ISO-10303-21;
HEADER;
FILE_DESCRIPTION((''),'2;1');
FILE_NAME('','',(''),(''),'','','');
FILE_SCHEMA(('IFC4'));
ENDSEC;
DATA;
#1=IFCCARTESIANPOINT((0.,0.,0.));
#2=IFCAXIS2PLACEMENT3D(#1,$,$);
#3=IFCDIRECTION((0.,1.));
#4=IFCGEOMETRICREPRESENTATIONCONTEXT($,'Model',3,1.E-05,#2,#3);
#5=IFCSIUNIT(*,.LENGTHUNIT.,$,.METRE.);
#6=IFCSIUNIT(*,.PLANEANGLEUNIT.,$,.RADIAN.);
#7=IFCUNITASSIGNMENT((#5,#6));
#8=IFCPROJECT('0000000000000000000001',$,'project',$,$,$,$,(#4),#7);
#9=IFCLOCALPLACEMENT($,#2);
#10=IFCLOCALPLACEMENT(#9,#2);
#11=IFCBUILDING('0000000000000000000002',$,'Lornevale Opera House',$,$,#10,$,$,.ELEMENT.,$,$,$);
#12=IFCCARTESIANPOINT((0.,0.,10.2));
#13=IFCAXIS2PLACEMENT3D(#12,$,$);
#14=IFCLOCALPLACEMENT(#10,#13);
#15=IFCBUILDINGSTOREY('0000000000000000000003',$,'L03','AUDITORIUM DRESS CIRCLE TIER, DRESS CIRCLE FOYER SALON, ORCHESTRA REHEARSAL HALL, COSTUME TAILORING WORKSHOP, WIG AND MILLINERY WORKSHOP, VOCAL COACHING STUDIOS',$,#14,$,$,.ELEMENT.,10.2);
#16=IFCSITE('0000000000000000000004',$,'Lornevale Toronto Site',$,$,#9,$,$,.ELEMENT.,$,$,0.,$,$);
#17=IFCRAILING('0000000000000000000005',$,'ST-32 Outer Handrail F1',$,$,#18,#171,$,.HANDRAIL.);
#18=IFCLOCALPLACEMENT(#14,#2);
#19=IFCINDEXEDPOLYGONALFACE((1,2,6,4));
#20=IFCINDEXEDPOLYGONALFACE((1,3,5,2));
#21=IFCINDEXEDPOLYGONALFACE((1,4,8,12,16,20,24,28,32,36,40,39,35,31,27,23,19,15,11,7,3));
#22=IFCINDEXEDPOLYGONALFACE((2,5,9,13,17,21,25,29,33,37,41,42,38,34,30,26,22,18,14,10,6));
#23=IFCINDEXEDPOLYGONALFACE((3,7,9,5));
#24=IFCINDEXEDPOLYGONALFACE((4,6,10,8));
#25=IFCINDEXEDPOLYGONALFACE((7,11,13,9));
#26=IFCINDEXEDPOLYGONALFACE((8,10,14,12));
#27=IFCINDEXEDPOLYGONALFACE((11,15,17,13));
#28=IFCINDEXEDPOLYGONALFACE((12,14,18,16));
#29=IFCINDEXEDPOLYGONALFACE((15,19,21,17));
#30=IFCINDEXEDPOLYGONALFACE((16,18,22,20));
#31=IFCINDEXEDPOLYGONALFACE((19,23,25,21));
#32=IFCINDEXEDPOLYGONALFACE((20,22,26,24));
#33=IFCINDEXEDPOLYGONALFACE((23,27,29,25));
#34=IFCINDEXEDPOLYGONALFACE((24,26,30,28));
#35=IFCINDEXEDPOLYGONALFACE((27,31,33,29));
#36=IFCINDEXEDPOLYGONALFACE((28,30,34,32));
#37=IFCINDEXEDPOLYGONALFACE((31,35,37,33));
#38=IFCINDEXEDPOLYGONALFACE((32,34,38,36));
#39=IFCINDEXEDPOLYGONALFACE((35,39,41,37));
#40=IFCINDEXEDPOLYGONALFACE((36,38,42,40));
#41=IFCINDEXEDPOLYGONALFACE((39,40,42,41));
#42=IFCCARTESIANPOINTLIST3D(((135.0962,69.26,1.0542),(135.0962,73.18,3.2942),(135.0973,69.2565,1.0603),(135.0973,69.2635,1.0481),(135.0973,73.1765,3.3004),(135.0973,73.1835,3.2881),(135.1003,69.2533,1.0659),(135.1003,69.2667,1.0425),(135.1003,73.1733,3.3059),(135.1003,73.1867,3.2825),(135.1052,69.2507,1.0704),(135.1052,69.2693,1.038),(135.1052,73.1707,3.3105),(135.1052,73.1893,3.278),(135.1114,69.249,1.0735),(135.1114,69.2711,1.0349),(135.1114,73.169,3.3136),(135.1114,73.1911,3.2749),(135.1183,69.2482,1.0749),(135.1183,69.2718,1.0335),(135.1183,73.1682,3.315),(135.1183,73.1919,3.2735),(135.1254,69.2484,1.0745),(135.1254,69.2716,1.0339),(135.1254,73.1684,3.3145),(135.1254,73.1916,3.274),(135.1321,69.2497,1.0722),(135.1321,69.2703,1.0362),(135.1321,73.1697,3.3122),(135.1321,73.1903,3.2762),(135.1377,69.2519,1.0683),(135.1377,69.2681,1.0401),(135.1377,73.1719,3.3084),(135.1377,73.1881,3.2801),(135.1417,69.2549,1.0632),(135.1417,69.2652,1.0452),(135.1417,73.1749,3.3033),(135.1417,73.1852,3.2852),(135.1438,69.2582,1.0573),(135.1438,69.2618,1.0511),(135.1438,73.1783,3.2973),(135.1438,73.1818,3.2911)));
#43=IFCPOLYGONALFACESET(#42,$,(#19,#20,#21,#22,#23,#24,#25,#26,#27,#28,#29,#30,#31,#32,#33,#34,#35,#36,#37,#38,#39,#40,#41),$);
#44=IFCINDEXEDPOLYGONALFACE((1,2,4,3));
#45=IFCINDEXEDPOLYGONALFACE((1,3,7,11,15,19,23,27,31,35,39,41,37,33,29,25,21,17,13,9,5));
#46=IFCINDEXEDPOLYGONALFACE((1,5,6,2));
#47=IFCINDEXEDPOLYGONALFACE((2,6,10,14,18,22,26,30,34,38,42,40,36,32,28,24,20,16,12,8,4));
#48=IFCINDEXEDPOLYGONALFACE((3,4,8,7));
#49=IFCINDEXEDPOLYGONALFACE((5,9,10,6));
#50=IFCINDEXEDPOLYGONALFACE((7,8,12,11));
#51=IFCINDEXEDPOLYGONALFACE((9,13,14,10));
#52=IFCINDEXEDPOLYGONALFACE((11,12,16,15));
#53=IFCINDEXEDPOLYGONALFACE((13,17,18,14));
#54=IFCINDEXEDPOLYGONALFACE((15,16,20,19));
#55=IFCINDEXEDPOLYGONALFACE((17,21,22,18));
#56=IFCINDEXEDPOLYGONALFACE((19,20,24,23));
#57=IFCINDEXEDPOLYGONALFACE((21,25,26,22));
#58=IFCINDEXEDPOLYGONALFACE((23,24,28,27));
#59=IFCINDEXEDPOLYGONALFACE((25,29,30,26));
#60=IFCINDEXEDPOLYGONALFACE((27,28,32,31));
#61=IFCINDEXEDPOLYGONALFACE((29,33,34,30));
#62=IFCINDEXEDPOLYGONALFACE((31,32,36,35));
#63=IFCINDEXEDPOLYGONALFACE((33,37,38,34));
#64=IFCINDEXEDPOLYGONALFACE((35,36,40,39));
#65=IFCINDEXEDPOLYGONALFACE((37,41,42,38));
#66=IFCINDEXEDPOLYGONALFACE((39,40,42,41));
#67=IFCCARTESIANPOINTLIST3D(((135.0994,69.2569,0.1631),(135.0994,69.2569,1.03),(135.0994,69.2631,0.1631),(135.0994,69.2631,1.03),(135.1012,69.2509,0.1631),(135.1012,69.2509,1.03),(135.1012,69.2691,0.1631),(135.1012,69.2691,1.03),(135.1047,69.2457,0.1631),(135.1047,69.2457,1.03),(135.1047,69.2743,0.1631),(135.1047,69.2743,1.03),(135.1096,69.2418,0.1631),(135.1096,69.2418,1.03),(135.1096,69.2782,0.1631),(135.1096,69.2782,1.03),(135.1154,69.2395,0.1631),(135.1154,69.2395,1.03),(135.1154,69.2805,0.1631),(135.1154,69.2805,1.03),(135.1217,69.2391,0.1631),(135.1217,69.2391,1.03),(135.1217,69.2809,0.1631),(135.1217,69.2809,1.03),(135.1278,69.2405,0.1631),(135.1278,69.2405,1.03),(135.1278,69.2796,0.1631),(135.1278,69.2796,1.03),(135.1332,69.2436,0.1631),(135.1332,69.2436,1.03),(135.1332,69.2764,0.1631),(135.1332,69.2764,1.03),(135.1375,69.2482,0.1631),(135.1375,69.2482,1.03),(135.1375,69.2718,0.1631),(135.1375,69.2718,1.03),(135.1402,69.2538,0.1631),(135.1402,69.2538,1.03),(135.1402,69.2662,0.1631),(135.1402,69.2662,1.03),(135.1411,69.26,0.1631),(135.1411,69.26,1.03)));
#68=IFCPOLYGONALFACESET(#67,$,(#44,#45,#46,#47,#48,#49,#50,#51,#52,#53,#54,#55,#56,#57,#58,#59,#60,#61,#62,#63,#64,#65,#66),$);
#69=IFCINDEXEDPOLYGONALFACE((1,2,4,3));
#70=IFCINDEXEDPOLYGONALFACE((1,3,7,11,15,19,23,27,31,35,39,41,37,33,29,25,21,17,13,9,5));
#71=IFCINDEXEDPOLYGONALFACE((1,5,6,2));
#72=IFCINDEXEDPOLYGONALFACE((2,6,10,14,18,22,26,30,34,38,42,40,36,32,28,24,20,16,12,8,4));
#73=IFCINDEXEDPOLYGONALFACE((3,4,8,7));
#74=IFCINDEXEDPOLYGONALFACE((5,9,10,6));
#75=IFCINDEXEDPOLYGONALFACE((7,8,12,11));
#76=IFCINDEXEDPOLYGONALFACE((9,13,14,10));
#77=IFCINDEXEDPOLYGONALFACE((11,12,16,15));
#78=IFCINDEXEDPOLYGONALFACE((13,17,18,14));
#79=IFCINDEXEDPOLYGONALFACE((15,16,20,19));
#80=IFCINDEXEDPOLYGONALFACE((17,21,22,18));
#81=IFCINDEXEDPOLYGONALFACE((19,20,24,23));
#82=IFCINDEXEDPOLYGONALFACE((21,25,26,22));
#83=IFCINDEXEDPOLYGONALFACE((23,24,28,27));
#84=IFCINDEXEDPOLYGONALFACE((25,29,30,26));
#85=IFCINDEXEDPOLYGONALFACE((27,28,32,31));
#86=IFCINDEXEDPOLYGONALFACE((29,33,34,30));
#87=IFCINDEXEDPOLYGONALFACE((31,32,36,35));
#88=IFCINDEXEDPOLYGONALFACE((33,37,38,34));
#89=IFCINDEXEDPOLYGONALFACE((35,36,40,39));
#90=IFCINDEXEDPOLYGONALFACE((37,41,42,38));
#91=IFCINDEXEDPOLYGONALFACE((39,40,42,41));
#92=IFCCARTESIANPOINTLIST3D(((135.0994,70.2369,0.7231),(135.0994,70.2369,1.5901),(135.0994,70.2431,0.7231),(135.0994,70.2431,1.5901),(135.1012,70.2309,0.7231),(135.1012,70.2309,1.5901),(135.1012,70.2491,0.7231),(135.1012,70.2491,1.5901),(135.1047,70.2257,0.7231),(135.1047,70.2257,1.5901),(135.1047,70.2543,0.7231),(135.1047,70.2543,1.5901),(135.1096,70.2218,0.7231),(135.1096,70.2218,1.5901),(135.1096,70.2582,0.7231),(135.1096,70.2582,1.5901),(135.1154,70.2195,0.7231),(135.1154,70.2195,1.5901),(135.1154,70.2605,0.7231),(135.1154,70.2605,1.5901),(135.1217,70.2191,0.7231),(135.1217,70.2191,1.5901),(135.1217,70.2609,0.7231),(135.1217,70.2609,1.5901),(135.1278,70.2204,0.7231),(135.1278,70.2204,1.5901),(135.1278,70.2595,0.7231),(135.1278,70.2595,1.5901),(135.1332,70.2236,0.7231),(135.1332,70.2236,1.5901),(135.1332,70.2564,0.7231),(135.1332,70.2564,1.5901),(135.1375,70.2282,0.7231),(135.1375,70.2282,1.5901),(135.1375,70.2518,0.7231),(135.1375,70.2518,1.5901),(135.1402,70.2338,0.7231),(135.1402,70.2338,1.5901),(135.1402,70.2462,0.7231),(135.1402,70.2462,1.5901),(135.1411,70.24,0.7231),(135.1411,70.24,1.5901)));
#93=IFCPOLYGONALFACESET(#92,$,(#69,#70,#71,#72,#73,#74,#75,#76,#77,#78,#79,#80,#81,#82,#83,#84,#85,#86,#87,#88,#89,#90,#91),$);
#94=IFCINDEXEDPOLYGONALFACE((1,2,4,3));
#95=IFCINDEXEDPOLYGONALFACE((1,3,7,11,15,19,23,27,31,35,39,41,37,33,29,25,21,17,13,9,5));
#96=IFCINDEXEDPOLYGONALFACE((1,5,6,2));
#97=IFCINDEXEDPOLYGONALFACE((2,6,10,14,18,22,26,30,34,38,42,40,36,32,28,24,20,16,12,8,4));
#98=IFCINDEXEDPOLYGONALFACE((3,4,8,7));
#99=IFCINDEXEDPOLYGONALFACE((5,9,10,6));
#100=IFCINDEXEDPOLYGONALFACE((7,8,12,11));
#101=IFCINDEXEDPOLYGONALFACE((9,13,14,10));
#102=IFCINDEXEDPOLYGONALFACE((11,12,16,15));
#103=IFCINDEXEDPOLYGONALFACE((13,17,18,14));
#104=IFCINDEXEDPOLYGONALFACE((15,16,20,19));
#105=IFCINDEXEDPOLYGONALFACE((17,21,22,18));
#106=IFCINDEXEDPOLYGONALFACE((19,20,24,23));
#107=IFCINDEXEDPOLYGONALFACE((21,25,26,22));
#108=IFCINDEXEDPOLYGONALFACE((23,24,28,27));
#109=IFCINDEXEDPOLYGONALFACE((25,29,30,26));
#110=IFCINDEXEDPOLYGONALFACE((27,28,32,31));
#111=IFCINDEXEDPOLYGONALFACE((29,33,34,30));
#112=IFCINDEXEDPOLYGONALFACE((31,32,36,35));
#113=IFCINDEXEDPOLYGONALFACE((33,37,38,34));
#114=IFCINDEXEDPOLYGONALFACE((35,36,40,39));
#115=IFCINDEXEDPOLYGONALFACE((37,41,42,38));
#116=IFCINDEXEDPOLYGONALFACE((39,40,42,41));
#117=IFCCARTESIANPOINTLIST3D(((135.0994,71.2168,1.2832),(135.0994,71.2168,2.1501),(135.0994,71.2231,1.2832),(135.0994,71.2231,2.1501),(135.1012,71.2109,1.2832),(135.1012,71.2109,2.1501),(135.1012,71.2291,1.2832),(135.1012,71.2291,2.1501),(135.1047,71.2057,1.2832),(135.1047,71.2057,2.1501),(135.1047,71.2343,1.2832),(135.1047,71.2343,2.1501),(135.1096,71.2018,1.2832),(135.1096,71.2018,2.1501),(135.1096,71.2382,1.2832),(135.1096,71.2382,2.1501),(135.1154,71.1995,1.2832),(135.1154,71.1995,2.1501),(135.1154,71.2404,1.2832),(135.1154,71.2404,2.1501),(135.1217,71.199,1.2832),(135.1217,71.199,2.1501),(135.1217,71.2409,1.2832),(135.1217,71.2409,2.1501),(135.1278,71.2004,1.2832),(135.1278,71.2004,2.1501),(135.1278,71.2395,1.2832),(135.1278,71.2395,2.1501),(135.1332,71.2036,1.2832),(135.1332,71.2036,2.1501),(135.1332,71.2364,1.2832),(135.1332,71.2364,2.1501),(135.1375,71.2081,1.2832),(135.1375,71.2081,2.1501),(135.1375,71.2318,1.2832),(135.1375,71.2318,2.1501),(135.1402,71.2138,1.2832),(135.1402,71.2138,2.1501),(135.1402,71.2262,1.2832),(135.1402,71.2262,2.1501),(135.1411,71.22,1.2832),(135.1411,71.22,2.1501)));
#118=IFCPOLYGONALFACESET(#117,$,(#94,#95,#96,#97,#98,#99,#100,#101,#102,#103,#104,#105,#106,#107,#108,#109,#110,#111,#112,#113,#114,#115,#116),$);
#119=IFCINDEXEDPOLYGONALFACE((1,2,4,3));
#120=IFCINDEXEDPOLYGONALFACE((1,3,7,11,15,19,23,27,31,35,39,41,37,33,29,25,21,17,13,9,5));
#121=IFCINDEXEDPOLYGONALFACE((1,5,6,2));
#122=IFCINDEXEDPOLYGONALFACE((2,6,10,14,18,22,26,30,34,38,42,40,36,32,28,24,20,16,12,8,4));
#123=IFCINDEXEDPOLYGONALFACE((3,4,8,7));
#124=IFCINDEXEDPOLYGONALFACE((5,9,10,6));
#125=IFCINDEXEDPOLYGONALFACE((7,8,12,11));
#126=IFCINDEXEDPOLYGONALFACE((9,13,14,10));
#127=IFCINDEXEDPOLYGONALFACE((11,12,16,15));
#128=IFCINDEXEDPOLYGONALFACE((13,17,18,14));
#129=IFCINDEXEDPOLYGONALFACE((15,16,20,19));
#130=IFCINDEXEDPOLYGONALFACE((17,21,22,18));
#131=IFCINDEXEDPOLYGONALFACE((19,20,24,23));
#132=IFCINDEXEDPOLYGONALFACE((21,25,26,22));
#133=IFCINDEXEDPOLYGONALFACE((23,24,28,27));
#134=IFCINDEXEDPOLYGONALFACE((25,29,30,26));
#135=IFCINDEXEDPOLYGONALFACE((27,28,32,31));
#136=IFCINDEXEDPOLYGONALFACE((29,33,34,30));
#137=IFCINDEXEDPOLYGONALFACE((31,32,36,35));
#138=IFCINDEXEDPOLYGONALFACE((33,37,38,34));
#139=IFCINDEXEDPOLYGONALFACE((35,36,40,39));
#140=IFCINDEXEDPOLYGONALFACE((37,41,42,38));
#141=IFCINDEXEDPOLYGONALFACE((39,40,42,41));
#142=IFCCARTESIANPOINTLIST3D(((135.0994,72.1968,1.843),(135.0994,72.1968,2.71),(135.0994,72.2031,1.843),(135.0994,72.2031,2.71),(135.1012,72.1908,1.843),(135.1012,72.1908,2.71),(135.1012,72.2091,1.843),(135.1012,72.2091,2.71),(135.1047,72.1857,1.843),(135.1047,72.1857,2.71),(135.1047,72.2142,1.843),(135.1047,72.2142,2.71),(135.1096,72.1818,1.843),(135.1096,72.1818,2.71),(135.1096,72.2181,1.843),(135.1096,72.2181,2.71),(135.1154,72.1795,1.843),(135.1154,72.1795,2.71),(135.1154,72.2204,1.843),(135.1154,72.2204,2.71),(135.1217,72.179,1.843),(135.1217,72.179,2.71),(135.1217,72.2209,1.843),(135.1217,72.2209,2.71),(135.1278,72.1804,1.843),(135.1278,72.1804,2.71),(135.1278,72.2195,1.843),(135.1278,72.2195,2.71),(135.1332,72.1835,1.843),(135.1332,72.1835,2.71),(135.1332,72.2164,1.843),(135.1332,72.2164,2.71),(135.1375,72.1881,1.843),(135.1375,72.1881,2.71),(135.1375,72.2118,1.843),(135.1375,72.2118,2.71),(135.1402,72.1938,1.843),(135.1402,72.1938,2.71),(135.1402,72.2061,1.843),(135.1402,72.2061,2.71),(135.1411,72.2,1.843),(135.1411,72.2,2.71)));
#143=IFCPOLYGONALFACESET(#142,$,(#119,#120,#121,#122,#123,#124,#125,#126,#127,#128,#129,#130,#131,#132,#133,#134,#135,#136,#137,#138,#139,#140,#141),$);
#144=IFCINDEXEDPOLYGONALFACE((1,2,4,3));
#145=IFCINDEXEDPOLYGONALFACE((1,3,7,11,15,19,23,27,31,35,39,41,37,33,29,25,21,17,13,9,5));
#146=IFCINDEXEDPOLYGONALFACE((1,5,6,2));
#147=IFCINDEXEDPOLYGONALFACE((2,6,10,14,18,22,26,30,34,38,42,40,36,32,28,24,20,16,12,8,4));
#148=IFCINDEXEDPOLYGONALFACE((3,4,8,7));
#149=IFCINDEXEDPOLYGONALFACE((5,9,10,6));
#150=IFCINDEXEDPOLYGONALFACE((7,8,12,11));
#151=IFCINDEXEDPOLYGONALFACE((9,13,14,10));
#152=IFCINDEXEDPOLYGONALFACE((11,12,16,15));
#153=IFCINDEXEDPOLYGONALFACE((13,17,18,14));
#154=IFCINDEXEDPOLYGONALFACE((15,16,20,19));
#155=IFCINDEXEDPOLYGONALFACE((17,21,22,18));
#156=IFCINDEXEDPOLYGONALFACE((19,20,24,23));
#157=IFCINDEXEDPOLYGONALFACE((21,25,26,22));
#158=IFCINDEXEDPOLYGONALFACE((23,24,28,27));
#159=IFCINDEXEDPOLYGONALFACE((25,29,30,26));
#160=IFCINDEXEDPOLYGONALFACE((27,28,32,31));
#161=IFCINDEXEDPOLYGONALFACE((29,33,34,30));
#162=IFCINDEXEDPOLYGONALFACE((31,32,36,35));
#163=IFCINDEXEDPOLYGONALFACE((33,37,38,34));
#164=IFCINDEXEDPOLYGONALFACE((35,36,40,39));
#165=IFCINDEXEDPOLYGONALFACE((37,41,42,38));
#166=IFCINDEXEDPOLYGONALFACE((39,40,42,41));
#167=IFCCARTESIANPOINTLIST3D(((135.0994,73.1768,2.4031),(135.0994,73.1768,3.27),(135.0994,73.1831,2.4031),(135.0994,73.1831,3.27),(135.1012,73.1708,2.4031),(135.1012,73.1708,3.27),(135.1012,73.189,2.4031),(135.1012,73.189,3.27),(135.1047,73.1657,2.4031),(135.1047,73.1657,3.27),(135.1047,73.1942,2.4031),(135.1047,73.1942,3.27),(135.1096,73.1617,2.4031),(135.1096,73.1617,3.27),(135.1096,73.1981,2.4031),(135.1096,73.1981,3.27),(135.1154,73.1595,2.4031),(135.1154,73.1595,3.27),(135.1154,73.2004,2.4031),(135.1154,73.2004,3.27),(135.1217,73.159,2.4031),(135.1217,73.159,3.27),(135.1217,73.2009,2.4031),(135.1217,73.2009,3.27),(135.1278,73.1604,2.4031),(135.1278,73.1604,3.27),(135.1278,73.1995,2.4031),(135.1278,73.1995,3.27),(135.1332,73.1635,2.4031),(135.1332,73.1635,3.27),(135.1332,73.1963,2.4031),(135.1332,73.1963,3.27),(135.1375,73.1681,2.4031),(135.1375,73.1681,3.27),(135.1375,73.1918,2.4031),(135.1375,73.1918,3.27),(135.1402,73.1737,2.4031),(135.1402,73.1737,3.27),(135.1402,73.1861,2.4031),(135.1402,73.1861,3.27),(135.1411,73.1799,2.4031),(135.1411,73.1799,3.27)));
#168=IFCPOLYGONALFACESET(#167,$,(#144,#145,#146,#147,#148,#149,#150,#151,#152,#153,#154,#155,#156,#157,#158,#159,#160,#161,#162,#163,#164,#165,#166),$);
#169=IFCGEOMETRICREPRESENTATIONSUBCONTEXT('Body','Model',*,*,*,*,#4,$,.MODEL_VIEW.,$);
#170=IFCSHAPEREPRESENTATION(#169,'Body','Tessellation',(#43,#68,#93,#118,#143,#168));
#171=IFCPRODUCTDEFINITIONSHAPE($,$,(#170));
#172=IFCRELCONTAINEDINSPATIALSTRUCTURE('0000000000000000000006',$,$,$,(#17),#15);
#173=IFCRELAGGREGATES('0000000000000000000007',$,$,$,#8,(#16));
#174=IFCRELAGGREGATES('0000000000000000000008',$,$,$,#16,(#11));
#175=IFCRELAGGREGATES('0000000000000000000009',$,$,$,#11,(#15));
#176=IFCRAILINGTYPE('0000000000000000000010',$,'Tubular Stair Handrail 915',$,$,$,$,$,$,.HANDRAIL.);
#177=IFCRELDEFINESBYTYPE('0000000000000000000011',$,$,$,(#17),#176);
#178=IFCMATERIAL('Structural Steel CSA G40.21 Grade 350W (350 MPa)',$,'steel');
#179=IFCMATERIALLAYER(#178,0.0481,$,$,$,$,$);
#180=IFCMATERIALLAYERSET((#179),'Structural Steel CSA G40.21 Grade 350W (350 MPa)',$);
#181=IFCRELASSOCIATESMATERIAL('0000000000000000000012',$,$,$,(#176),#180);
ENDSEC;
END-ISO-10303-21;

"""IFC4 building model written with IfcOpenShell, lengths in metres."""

from ifc_helpers import new_model, si_unit, direction, frame, origin, origin_2d, place, context, subcontext, project, spatial, circle, extrude, material, layer, layer_set, type_object, element, save


model = new_model("IFC4")

# Units and contexts
model_context = context("Model", 3, precision=1e-05, world=origin(), true_north=direction((0.0, 1.0)))
body_context = subcontext(model_context, "Body", "Model", "MODEL_VIEW")
ifc_project = project(units=[si_unit("LENGTHUNIT", "METRE"), si_unit("PLANEANGLEUNIT", "RADIAN")], contexts=[model_context])

# Site, building, storey
site_placement = place(None, origin())
site = spatial("IfcSite", under=ifc_project, at=site_placement, Name="Lornevale Toronto Site", CompositionType="ELEMENT", RefElevation=0.0)
building_placement = place(site_placement, origin())
building = spatial("IfcBuilding", under=site, at=building_placement, Name="Lornevale Opera House", CompositionType="ELEMENT")
storey_placement = place(building_placement, frame((0.0, 0.0, 10.2)))
storey = spatial("IfcBuildingStorey", under=building, at=storey_placement, Name="L03", Description="AUDITORIUM DRESS CIRCLE TIER, DRESS CIRCLE FOYER SALON, ORCHESTRA REHEARSAL HALL, COSTUME TAILORING WORKSHOP, WIG AND MILLINERY WORKSHOP, VOCAL COACHING STUDIOS", CompositionType="ELEMENT", Elevation=10.2)

# Shared definitions
ifc_material_1 = material(Name="Structural Steel CSA G40.21 Grade 350W (350 MPa)", Category="steel")

# Railing
ifc_layer_1 = layer(ifc_material_1, 0.0481)
ifc_layer_set_1 = layer_set([ifc_layer_1], Name="Structural Steel CSA G40.21 Grade 350W (350 MPa)")
railing_type_1 = type_object("IfcRailingType", Name="Tubular Stair Handrail 915", PredefinedType="HANDRAIL", material=ifc_layer_set_1)
railing_1_placement = place(storey_placement, frame((135.1201, 69.26, 0.1631)))
element("IfcRailing", 1, at=railing_1_placement, inside=storey, type_object=railing_type_1, Name="ST-32 Outer Handrail F1", PredefinedType="HANDRAIL", context=body_context, shape_type="SweptSolid", body=[
    extrude(circle(Radius=0.0239, at=origin_2d()), frame((0.0, 0.0, 0.8911), z_axis=(0.0, 0.86824, 0.496145), x_axis=(-1.0, 0.0, 0.0)), (0.0, 0.0, 1.0), 4.5149),
    extrude(circle(Radius=0.021, at=origin_2d()), origin(), (0.0, 0.0, 1.0), 0.8669),
    extrude(circle(Radius=0.021, at=origin_2d()), frame((0.0, 0.98, 0.5601)), (0.0, 0.0, 1.0), 0.8669),
    extrude(circle(Radius=0.021, at=origin_2d()), frame((0.0, 1.96, 1.1201)), (0.0, 0.0, 1.0), 0.8669),
    extrude(circle(Radius=0.021, at=origin_2d()), frame((0.0, 2.9399, 1.6799)), (0.0, 0.0, 1.0), 0.8669),
    extrude(circle(Radius=0.021, at=origin_2d()), frame((0.0, 3.9199, 2.24)), (0.0, 0.0, 1.0), 0.8669),
])

save(model, "model.ifc")
